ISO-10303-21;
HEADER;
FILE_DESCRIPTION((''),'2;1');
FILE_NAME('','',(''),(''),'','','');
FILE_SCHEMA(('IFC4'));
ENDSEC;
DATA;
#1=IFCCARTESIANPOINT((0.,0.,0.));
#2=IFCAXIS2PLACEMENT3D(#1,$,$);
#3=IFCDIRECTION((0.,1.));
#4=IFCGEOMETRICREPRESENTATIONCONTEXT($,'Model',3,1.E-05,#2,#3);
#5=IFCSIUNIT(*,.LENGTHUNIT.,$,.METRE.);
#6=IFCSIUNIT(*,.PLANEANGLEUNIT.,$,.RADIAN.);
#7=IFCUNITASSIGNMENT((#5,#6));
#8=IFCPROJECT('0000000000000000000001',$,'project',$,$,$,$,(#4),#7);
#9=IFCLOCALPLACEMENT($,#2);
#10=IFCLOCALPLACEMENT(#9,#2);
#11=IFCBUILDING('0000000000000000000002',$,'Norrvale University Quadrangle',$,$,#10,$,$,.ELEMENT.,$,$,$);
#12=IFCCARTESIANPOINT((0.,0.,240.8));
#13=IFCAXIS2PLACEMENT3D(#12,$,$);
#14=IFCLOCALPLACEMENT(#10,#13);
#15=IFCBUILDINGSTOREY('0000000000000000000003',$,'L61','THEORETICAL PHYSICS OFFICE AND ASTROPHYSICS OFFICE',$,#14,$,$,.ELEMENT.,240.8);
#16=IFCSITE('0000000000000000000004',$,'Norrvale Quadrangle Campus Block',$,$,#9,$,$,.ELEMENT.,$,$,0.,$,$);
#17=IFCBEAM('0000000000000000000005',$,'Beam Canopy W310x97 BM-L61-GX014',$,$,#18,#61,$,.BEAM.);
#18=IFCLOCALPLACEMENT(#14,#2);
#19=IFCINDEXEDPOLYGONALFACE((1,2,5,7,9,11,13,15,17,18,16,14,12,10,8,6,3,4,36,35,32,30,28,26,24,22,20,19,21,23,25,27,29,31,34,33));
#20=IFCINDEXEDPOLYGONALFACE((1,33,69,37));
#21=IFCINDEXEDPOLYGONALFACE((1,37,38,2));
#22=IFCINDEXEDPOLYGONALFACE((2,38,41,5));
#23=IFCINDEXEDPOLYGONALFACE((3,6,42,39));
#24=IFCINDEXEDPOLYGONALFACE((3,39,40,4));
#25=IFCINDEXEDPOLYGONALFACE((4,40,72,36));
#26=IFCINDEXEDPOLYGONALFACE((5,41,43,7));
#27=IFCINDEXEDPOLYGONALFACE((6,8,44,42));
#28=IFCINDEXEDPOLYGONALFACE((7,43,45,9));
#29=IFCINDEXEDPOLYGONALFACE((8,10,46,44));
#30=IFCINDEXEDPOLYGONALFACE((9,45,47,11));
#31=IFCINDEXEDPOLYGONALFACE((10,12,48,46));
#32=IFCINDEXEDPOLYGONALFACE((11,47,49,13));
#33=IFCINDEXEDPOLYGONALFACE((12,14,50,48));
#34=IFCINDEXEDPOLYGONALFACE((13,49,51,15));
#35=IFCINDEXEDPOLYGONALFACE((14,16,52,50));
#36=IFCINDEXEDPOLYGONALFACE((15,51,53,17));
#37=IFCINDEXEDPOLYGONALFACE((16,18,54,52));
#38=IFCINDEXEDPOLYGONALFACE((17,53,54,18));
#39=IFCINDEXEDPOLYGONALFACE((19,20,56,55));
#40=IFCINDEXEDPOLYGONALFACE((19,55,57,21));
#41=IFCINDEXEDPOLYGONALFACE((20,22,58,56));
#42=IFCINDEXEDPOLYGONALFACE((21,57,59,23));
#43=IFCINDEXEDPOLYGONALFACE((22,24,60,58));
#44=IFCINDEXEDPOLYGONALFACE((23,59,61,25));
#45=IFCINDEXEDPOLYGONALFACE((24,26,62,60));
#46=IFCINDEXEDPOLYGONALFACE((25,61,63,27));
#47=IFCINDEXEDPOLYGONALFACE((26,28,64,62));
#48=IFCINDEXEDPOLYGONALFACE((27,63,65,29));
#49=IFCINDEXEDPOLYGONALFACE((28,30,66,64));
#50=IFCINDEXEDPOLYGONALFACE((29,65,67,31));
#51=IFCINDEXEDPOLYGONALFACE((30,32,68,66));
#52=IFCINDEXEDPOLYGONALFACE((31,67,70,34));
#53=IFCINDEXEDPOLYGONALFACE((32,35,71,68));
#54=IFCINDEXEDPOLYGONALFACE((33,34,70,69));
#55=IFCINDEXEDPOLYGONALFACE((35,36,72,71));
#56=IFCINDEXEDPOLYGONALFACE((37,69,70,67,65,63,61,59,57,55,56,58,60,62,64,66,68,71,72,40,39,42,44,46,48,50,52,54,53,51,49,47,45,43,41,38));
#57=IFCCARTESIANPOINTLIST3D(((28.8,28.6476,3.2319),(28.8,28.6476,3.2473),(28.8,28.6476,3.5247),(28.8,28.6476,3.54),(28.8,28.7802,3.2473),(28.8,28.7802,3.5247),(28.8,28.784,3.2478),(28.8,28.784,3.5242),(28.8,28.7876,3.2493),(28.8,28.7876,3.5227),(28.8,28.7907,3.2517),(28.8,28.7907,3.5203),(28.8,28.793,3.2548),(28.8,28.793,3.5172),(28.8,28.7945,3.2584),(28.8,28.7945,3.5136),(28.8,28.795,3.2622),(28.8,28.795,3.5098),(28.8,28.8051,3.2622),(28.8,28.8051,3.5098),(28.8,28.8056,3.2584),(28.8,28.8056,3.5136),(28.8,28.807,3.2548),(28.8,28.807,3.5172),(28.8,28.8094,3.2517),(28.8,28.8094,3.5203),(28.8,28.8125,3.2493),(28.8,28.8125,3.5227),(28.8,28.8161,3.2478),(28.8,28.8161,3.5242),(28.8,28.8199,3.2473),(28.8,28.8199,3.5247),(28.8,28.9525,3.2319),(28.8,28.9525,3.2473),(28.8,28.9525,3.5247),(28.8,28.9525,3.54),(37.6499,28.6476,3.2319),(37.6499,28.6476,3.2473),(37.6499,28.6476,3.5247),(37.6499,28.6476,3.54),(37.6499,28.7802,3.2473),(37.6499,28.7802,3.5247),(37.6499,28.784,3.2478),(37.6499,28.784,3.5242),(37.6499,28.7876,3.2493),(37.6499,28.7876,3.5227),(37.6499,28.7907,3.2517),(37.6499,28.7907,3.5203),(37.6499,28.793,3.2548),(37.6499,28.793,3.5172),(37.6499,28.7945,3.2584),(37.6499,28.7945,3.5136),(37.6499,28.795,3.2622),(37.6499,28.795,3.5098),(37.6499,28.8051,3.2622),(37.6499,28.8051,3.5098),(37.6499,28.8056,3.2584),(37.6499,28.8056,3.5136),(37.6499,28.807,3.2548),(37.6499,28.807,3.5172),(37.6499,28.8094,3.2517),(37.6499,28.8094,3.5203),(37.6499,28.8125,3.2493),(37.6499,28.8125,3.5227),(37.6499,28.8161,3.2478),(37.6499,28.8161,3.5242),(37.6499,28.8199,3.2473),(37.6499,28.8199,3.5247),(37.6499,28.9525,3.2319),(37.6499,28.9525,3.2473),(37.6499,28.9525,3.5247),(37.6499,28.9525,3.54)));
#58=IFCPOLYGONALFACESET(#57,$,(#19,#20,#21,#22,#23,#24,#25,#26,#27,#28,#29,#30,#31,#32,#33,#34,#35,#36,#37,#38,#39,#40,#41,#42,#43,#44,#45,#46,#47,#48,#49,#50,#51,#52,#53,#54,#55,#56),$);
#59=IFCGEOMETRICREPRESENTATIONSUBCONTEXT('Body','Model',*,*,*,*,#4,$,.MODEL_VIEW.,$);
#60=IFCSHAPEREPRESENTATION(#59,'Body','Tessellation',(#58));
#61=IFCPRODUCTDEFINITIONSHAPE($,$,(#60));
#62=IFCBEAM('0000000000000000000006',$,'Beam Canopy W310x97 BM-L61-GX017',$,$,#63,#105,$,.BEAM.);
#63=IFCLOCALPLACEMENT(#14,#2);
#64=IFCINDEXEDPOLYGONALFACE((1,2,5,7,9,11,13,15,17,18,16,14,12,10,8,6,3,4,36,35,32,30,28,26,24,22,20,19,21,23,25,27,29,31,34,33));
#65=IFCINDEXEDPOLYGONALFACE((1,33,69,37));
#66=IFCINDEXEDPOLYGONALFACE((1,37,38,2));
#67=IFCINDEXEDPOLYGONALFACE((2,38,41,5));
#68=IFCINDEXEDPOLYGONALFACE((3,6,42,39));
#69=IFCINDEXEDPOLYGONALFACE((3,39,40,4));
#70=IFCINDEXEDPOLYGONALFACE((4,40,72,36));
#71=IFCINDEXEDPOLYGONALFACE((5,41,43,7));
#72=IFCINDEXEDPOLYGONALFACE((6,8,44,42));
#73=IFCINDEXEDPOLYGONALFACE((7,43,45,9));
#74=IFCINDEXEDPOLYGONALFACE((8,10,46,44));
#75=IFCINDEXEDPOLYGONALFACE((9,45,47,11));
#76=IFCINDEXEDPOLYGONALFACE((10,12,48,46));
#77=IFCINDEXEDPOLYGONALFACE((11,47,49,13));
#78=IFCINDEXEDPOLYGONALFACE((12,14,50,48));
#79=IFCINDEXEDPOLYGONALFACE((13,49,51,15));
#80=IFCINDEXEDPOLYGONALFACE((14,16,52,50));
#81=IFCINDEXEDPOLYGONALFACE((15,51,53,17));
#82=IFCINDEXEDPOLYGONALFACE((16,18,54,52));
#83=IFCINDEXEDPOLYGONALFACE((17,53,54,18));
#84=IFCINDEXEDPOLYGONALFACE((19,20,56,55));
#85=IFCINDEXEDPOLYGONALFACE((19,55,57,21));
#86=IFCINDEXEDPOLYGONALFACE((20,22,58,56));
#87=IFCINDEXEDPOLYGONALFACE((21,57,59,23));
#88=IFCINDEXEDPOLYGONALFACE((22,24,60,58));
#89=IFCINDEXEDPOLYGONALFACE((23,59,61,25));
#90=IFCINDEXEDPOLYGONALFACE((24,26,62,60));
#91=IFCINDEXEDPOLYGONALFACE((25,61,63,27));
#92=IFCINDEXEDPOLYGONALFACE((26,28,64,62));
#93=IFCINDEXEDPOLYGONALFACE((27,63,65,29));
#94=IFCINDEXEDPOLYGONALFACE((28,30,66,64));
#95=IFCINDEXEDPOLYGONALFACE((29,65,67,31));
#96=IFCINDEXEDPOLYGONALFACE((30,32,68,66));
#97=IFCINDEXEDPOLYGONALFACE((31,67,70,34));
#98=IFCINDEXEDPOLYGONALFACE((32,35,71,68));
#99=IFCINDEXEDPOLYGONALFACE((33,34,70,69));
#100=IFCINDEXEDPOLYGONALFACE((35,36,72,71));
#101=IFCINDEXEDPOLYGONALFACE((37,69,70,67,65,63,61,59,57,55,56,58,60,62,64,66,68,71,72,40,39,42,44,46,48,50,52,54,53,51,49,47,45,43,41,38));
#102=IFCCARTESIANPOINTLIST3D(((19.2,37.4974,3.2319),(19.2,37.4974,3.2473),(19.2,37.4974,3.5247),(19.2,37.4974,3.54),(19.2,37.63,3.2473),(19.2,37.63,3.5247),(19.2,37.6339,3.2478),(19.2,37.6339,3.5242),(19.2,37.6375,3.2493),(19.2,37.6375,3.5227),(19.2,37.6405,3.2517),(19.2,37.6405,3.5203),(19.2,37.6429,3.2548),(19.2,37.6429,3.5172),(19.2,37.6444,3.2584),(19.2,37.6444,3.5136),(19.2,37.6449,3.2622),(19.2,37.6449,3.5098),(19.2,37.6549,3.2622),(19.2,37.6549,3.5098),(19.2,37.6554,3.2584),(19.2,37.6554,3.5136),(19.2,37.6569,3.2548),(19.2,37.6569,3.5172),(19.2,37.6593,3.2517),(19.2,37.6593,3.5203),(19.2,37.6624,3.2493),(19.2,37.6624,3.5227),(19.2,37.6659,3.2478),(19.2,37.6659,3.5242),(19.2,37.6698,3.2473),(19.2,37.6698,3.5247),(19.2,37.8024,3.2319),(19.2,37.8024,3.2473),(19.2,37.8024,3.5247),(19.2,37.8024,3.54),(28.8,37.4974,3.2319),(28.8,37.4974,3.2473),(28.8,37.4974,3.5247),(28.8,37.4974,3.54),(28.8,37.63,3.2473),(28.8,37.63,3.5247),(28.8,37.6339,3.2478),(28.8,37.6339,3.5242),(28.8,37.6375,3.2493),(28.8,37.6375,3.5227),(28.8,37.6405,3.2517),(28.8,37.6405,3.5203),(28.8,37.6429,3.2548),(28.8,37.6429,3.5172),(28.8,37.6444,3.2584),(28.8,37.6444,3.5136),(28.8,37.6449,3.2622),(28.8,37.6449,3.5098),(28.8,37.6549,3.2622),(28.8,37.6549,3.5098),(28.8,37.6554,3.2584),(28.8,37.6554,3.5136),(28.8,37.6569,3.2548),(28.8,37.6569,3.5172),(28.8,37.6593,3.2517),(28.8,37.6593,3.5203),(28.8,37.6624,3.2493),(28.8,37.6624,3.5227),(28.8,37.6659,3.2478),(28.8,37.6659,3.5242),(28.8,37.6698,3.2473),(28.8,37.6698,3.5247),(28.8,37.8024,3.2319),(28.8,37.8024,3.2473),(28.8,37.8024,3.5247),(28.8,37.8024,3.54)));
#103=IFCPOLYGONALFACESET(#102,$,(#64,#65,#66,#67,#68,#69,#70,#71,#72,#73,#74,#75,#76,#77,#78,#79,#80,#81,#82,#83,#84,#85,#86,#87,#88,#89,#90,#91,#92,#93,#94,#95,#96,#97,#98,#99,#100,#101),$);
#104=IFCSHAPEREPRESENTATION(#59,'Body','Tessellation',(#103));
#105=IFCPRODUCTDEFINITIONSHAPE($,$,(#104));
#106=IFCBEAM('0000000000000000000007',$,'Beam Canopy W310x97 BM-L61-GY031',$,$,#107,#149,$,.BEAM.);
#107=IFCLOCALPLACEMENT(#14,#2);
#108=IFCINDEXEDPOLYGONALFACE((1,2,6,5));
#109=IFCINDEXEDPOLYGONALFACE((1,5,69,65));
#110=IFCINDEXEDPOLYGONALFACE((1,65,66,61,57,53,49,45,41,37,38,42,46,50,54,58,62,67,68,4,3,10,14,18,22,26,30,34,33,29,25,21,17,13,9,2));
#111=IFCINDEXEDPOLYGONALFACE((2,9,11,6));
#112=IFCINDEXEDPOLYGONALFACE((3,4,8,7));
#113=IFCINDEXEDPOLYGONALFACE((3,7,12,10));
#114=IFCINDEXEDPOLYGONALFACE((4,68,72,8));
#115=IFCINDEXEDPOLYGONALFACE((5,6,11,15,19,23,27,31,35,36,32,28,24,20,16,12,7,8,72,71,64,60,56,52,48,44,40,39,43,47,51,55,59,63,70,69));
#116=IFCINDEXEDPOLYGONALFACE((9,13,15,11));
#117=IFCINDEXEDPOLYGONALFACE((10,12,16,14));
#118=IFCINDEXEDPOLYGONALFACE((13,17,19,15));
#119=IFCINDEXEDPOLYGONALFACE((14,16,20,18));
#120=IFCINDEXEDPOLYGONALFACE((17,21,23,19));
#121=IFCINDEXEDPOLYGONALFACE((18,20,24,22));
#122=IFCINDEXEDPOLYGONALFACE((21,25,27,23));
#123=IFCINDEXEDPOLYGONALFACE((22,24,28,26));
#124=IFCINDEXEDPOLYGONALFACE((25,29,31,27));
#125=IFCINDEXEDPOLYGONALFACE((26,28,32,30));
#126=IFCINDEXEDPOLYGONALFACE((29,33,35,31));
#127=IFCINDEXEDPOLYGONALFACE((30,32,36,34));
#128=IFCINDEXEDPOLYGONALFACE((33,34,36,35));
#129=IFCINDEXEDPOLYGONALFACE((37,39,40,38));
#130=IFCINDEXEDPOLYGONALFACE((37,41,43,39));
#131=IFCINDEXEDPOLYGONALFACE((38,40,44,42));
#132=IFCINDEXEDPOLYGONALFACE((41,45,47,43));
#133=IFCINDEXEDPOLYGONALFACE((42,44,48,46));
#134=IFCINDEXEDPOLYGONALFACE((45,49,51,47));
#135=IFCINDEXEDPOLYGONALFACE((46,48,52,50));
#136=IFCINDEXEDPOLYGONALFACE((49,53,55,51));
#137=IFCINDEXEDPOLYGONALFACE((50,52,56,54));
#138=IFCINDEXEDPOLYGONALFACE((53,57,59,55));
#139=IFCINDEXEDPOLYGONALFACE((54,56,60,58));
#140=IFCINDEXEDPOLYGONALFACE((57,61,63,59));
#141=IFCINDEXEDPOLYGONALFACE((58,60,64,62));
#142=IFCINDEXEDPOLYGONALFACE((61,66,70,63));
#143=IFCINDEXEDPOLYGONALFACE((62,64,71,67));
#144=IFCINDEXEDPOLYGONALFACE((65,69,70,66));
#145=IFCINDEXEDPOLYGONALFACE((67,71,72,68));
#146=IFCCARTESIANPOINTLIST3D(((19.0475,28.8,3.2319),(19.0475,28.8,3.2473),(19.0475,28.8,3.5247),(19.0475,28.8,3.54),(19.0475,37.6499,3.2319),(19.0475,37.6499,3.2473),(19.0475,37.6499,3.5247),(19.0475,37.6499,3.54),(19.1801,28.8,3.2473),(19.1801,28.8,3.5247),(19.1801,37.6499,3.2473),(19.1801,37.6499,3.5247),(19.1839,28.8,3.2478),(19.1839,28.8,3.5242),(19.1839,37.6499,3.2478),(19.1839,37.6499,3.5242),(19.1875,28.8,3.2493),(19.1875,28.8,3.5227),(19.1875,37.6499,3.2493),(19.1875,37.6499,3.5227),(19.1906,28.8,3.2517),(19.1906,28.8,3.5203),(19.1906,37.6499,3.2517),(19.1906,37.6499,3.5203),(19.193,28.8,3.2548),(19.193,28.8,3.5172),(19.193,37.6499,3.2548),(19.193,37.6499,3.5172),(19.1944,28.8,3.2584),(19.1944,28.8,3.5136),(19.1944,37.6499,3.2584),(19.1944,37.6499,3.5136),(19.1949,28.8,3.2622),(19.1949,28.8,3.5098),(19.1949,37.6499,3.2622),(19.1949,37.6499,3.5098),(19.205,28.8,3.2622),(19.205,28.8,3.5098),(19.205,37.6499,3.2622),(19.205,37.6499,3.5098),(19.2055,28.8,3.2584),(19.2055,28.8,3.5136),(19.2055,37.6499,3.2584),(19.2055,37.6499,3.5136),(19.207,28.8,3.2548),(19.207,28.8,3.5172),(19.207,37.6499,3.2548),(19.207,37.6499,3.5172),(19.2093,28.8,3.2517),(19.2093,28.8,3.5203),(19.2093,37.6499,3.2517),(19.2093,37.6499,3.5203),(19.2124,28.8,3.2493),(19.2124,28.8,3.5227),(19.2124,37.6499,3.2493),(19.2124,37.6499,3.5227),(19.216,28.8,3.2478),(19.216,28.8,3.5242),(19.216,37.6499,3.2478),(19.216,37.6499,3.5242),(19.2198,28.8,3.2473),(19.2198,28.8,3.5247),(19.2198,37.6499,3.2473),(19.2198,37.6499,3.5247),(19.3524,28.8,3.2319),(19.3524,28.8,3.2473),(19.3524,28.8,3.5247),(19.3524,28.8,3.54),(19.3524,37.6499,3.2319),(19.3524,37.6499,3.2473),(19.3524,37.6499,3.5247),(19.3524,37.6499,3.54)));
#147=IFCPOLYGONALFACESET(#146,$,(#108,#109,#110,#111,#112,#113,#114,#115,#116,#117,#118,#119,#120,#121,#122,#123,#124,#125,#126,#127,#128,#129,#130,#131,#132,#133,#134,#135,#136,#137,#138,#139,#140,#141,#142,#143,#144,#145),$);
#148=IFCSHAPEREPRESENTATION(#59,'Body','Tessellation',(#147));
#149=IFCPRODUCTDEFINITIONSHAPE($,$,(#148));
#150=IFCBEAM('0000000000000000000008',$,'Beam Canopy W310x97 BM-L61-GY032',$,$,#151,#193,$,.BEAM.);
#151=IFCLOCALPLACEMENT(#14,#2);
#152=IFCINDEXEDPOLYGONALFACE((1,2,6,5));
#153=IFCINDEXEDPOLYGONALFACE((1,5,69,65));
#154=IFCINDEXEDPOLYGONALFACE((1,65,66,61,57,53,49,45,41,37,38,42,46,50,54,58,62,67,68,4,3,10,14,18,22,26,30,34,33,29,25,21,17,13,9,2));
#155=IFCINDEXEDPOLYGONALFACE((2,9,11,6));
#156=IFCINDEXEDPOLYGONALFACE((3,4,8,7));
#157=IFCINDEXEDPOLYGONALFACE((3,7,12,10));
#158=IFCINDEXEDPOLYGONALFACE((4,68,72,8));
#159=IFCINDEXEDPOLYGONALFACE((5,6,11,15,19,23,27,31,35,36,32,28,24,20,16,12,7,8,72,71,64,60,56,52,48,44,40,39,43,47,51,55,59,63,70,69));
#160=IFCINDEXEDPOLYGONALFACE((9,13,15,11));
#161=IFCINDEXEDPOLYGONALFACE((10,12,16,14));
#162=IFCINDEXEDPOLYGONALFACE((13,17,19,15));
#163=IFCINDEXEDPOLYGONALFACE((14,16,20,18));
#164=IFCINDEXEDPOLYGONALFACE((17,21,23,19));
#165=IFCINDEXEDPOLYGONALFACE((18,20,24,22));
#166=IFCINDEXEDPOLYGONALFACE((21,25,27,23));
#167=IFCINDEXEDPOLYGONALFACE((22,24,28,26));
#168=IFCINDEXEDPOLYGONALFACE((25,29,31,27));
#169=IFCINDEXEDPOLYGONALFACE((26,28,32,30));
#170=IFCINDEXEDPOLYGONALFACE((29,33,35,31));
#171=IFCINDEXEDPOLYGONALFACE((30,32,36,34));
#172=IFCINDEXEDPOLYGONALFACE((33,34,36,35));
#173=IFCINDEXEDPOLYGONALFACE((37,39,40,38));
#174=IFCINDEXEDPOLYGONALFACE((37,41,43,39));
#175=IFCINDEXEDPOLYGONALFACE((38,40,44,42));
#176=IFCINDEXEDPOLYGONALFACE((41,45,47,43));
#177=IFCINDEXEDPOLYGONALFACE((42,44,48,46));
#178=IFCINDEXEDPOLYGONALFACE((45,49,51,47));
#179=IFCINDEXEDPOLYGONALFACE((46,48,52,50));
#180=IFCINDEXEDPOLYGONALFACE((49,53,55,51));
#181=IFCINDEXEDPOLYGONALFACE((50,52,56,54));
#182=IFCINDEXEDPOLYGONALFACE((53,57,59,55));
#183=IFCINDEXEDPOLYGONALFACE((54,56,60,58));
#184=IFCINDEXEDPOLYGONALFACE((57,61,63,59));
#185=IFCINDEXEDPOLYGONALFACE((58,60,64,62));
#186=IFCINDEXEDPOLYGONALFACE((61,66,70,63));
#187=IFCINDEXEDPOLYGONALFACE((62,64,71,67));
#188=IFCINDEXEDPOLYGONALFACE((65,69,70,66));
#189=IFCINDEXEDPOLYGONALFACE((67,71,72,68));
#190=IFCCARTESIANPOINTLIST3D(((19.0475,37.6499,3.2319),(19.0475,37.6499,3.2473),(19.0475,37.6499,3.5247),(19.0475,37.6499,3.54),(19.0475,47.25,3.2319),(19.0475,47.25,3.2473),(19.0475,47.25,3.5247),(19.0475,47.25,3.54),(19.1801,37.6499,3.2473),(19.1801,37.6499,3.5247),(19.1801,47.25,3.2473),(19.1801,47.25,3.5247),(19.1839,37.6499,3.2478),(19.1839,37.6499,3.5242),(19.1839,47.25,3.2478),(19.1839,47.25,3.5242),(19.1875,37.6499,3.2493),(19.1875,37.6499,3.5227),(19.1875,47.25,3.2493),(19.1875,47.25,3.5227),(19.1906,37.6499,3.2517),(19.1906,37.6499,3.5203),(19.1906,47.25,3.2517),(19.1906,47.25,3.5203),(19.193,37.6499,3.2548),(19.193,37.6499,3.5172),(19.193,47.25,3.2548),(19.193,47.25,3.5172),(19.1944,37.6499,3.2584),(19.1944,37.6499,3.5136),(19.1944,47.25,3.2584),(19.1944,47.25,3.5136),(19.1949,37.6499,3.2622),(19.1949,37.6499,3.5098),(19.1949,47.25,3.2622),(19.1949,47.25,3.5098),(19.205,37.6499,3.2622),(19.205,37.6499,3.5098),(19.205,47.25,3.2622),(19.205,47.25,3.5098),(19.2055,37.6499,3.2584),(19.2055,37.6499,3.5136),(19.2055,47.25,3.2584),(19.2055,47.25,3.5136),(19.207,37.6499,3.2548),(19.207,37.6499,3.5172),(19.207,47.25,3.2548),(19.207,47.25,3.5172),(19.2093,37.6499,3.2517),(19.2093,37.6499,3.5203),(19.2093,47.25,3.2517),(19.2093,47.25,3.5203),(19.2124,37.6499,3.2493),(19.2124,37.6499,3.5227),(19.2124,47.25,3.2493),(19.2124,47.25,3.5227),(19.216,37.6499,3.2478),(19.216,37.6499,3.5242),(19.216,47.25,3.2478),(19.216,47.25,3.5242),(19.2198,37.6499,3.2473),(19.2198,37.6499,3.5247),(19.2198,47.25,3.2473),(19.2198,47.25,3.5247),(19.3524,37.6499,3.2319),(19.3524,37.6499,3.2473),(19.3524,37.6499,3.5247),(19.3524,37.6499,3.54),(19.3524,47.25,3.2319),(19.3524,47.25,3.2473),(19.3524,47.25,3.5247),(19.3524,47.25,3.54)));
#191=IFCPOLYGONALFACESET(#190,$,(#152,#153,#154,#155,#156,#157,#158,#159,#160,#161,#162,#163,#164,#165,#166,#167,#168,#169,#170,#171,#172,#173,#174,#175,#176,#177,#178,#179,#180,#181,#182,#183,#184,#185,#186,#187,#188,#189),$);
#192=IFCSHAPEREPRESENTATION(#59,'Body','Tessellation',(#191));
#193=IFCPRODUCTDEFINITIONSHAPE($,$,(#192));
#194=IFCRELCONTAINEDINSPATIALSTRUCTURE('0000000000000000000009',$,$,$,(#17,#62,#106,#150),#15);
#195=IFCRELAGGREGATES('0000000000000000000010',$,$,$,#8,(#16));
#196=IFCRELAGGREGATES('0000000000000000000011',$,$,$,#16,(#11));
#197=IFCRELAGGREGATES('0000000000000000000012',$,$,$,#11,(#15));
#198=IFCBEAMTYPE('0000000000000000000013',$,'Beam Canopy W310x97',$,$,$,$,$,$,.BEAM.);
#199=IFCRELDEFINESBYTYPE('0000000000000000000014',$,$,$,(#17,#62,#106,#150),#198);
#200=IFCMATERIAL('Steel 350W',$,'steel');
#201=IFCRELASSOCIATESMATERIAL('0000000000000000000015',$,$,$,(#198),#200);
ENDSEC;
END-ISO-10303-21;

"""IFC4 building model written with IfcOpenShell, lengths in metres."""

from ifc_helpers import new_model, si_unit, direction, frame, origin, origin_2d, place, context, subcontext, project, spatial, i_section, extrude, material, material_profile, profile_set, type_object, element, save


model = new_model("IFC4")

# Units and contexts
model_context = context("Model", 3, precision=1e-05, world=origin(), true_north=direction((0.0, 1.0)))
body_context = subcontext(model_context, "Body", "Model", "MODEL_VIEW")
ifc_project = project(units=[si_unit("LENGTHUNIT", "METRE"), si_unit("PLANEANGLEUNIT", "RADIAN")], contexts=[model_context])

# Site, building, storey
site_placement = place(None, origin())
site = spatial("IfcSite", under=ifc_project, at=site_placement, Name="Norrvale Quadrangle Campus Block", CompositionType="ELEMENT", RefElevation=0.0)
building_placement = place(site_placement, origin())
building = spatial("IfcBuilding", under=site, at=building_placement, Name="Norrvale University Quadrangle", CompositionType="ELEMENT")
storey_placement = place(building_placement, frame((0.0, 0.0, 240.8)))
storey = spatial("IfcBuildingStorey", under=building, at=storey_placement, Name="L61", Description="THEORETICAL PHYSICS OFFICE AND ASTROPHYSICS OFFICE", CompositionType="ELEMENT", Elevation=240.8)

# Beams
ifc_material_1 = material(Name="Steel 350W", Category="steel")
ifc_material_profile_1 = material_profile(ifc_material_1, i_section(OverallWidth=0.3049, OverallDepth=0.3081, WebThickness=0.01, FlangeThickness=0.0154, FilletRadius=0.0149, at=origin_2d()), Name="Steel 350W")
ifc_profile_set_1 = profile_set([ifc_material_profile_1], Name="Steel 350W")
beam_type_1 = type_object("IfcBeamType", Name="Beam Canopy W310x97", PredefinedType="BEAM", material=ifc_profile_set_1)
beam_1_placement = place(storey_placement, frame((28.8, 28.8, 3.386), z_axis=(1.0, 0.0, 0.0), x_axis=(0.0, 1.0, 0.0)))
element("IfcBeam", 1, at=beam_1_placement, inside=storey, type_object=beam_type_1, Name="Beam Canopy W310x97 BM-L61-GX014", PredefinedType="BEAM", context=body_context, shape_type="SweptSolid", body=[
    extrude(i_section(OverallWidth=0.3049, OverallDepth=0.3081, WebThickness=0.01, FlangeThickness=0.0154, FilletRadius=0.0149, at=origin_2d()), origin(), (0.0, 0.0, 1.0), 8.8499),
])
beam_2_placement = place(storey_placement, frame((19.2, 37.6499, 3.386), z_axis=(1.0, 0.0, 0.0), x_axis=(0.0, 1.0, 0.0)))
element("IfcBeam", 2, at=beam_2_placement, inside=storey, type_object=beam_type_1, Name="Beam Canopy W310x97 BM-L61-GX017", PredefinedType="BEAM", context=body_context, shape_type="SweptSolid", body=[
    extrude(i_section(OverallWidth=0.3049, OverallDepth=0.3081, WebThickness=0.01, FlangeThickness=0.0154, FilletRadius=0.0149, at=origin_2d()), origin(), (0.0, 0.0, 1.0), 9.6001),
])
beam_3_placement = place(storey_placement, frame((19.2, 28.8, 3.386), z_axis=(0.0, 1.0, 0.0), x_axis=(-1.0, 0.0, 0.0)))
element("IfcBeam", 3, at=beam_3_placement, inside=storey, type_object=beam_type_1, Name="Beam Canopy W310x97 BM-L61-GY031", PredefinedType="BEAM", context=body_context, shape_type="SweptSolid", body=[
    extrude(i_section(OverallWidth=0.3049, OverallDepth=0.3081, WebThickness=0.01, FlangeThickness=0.0154, FilletRadius=0.0149, at=origin_2d()), origin(), (0.0, 0.0, 1.0), 8.8499),
])
beam_4_placement = place(storey_placement, frame((19.2, 37.6499, 3.386), z_axis=(0.0, 1.0, 0.0), x_axis=(-1.0, 0.0, 0.0)))
element("IfcBeam", 4, at=beam_4_placement, inside=storey, type_object=beam_type_1, Name="Beam Canopy W310x97 BM-L61-GY032", PredefinedType="BEAM", context=body_context, shape_type="SweptSolid", body=[
    extrude(i_section(OverallWidth=0.3049, OverallDepth=0.3081, WebThickness=0.01, FlangeThickness=0.0154, FilletRadius=0.0149, at=origin_2d()), origin(), (0.0, 0.0, 1.0), 9.6001),
])

save(model, "model.ifc")
